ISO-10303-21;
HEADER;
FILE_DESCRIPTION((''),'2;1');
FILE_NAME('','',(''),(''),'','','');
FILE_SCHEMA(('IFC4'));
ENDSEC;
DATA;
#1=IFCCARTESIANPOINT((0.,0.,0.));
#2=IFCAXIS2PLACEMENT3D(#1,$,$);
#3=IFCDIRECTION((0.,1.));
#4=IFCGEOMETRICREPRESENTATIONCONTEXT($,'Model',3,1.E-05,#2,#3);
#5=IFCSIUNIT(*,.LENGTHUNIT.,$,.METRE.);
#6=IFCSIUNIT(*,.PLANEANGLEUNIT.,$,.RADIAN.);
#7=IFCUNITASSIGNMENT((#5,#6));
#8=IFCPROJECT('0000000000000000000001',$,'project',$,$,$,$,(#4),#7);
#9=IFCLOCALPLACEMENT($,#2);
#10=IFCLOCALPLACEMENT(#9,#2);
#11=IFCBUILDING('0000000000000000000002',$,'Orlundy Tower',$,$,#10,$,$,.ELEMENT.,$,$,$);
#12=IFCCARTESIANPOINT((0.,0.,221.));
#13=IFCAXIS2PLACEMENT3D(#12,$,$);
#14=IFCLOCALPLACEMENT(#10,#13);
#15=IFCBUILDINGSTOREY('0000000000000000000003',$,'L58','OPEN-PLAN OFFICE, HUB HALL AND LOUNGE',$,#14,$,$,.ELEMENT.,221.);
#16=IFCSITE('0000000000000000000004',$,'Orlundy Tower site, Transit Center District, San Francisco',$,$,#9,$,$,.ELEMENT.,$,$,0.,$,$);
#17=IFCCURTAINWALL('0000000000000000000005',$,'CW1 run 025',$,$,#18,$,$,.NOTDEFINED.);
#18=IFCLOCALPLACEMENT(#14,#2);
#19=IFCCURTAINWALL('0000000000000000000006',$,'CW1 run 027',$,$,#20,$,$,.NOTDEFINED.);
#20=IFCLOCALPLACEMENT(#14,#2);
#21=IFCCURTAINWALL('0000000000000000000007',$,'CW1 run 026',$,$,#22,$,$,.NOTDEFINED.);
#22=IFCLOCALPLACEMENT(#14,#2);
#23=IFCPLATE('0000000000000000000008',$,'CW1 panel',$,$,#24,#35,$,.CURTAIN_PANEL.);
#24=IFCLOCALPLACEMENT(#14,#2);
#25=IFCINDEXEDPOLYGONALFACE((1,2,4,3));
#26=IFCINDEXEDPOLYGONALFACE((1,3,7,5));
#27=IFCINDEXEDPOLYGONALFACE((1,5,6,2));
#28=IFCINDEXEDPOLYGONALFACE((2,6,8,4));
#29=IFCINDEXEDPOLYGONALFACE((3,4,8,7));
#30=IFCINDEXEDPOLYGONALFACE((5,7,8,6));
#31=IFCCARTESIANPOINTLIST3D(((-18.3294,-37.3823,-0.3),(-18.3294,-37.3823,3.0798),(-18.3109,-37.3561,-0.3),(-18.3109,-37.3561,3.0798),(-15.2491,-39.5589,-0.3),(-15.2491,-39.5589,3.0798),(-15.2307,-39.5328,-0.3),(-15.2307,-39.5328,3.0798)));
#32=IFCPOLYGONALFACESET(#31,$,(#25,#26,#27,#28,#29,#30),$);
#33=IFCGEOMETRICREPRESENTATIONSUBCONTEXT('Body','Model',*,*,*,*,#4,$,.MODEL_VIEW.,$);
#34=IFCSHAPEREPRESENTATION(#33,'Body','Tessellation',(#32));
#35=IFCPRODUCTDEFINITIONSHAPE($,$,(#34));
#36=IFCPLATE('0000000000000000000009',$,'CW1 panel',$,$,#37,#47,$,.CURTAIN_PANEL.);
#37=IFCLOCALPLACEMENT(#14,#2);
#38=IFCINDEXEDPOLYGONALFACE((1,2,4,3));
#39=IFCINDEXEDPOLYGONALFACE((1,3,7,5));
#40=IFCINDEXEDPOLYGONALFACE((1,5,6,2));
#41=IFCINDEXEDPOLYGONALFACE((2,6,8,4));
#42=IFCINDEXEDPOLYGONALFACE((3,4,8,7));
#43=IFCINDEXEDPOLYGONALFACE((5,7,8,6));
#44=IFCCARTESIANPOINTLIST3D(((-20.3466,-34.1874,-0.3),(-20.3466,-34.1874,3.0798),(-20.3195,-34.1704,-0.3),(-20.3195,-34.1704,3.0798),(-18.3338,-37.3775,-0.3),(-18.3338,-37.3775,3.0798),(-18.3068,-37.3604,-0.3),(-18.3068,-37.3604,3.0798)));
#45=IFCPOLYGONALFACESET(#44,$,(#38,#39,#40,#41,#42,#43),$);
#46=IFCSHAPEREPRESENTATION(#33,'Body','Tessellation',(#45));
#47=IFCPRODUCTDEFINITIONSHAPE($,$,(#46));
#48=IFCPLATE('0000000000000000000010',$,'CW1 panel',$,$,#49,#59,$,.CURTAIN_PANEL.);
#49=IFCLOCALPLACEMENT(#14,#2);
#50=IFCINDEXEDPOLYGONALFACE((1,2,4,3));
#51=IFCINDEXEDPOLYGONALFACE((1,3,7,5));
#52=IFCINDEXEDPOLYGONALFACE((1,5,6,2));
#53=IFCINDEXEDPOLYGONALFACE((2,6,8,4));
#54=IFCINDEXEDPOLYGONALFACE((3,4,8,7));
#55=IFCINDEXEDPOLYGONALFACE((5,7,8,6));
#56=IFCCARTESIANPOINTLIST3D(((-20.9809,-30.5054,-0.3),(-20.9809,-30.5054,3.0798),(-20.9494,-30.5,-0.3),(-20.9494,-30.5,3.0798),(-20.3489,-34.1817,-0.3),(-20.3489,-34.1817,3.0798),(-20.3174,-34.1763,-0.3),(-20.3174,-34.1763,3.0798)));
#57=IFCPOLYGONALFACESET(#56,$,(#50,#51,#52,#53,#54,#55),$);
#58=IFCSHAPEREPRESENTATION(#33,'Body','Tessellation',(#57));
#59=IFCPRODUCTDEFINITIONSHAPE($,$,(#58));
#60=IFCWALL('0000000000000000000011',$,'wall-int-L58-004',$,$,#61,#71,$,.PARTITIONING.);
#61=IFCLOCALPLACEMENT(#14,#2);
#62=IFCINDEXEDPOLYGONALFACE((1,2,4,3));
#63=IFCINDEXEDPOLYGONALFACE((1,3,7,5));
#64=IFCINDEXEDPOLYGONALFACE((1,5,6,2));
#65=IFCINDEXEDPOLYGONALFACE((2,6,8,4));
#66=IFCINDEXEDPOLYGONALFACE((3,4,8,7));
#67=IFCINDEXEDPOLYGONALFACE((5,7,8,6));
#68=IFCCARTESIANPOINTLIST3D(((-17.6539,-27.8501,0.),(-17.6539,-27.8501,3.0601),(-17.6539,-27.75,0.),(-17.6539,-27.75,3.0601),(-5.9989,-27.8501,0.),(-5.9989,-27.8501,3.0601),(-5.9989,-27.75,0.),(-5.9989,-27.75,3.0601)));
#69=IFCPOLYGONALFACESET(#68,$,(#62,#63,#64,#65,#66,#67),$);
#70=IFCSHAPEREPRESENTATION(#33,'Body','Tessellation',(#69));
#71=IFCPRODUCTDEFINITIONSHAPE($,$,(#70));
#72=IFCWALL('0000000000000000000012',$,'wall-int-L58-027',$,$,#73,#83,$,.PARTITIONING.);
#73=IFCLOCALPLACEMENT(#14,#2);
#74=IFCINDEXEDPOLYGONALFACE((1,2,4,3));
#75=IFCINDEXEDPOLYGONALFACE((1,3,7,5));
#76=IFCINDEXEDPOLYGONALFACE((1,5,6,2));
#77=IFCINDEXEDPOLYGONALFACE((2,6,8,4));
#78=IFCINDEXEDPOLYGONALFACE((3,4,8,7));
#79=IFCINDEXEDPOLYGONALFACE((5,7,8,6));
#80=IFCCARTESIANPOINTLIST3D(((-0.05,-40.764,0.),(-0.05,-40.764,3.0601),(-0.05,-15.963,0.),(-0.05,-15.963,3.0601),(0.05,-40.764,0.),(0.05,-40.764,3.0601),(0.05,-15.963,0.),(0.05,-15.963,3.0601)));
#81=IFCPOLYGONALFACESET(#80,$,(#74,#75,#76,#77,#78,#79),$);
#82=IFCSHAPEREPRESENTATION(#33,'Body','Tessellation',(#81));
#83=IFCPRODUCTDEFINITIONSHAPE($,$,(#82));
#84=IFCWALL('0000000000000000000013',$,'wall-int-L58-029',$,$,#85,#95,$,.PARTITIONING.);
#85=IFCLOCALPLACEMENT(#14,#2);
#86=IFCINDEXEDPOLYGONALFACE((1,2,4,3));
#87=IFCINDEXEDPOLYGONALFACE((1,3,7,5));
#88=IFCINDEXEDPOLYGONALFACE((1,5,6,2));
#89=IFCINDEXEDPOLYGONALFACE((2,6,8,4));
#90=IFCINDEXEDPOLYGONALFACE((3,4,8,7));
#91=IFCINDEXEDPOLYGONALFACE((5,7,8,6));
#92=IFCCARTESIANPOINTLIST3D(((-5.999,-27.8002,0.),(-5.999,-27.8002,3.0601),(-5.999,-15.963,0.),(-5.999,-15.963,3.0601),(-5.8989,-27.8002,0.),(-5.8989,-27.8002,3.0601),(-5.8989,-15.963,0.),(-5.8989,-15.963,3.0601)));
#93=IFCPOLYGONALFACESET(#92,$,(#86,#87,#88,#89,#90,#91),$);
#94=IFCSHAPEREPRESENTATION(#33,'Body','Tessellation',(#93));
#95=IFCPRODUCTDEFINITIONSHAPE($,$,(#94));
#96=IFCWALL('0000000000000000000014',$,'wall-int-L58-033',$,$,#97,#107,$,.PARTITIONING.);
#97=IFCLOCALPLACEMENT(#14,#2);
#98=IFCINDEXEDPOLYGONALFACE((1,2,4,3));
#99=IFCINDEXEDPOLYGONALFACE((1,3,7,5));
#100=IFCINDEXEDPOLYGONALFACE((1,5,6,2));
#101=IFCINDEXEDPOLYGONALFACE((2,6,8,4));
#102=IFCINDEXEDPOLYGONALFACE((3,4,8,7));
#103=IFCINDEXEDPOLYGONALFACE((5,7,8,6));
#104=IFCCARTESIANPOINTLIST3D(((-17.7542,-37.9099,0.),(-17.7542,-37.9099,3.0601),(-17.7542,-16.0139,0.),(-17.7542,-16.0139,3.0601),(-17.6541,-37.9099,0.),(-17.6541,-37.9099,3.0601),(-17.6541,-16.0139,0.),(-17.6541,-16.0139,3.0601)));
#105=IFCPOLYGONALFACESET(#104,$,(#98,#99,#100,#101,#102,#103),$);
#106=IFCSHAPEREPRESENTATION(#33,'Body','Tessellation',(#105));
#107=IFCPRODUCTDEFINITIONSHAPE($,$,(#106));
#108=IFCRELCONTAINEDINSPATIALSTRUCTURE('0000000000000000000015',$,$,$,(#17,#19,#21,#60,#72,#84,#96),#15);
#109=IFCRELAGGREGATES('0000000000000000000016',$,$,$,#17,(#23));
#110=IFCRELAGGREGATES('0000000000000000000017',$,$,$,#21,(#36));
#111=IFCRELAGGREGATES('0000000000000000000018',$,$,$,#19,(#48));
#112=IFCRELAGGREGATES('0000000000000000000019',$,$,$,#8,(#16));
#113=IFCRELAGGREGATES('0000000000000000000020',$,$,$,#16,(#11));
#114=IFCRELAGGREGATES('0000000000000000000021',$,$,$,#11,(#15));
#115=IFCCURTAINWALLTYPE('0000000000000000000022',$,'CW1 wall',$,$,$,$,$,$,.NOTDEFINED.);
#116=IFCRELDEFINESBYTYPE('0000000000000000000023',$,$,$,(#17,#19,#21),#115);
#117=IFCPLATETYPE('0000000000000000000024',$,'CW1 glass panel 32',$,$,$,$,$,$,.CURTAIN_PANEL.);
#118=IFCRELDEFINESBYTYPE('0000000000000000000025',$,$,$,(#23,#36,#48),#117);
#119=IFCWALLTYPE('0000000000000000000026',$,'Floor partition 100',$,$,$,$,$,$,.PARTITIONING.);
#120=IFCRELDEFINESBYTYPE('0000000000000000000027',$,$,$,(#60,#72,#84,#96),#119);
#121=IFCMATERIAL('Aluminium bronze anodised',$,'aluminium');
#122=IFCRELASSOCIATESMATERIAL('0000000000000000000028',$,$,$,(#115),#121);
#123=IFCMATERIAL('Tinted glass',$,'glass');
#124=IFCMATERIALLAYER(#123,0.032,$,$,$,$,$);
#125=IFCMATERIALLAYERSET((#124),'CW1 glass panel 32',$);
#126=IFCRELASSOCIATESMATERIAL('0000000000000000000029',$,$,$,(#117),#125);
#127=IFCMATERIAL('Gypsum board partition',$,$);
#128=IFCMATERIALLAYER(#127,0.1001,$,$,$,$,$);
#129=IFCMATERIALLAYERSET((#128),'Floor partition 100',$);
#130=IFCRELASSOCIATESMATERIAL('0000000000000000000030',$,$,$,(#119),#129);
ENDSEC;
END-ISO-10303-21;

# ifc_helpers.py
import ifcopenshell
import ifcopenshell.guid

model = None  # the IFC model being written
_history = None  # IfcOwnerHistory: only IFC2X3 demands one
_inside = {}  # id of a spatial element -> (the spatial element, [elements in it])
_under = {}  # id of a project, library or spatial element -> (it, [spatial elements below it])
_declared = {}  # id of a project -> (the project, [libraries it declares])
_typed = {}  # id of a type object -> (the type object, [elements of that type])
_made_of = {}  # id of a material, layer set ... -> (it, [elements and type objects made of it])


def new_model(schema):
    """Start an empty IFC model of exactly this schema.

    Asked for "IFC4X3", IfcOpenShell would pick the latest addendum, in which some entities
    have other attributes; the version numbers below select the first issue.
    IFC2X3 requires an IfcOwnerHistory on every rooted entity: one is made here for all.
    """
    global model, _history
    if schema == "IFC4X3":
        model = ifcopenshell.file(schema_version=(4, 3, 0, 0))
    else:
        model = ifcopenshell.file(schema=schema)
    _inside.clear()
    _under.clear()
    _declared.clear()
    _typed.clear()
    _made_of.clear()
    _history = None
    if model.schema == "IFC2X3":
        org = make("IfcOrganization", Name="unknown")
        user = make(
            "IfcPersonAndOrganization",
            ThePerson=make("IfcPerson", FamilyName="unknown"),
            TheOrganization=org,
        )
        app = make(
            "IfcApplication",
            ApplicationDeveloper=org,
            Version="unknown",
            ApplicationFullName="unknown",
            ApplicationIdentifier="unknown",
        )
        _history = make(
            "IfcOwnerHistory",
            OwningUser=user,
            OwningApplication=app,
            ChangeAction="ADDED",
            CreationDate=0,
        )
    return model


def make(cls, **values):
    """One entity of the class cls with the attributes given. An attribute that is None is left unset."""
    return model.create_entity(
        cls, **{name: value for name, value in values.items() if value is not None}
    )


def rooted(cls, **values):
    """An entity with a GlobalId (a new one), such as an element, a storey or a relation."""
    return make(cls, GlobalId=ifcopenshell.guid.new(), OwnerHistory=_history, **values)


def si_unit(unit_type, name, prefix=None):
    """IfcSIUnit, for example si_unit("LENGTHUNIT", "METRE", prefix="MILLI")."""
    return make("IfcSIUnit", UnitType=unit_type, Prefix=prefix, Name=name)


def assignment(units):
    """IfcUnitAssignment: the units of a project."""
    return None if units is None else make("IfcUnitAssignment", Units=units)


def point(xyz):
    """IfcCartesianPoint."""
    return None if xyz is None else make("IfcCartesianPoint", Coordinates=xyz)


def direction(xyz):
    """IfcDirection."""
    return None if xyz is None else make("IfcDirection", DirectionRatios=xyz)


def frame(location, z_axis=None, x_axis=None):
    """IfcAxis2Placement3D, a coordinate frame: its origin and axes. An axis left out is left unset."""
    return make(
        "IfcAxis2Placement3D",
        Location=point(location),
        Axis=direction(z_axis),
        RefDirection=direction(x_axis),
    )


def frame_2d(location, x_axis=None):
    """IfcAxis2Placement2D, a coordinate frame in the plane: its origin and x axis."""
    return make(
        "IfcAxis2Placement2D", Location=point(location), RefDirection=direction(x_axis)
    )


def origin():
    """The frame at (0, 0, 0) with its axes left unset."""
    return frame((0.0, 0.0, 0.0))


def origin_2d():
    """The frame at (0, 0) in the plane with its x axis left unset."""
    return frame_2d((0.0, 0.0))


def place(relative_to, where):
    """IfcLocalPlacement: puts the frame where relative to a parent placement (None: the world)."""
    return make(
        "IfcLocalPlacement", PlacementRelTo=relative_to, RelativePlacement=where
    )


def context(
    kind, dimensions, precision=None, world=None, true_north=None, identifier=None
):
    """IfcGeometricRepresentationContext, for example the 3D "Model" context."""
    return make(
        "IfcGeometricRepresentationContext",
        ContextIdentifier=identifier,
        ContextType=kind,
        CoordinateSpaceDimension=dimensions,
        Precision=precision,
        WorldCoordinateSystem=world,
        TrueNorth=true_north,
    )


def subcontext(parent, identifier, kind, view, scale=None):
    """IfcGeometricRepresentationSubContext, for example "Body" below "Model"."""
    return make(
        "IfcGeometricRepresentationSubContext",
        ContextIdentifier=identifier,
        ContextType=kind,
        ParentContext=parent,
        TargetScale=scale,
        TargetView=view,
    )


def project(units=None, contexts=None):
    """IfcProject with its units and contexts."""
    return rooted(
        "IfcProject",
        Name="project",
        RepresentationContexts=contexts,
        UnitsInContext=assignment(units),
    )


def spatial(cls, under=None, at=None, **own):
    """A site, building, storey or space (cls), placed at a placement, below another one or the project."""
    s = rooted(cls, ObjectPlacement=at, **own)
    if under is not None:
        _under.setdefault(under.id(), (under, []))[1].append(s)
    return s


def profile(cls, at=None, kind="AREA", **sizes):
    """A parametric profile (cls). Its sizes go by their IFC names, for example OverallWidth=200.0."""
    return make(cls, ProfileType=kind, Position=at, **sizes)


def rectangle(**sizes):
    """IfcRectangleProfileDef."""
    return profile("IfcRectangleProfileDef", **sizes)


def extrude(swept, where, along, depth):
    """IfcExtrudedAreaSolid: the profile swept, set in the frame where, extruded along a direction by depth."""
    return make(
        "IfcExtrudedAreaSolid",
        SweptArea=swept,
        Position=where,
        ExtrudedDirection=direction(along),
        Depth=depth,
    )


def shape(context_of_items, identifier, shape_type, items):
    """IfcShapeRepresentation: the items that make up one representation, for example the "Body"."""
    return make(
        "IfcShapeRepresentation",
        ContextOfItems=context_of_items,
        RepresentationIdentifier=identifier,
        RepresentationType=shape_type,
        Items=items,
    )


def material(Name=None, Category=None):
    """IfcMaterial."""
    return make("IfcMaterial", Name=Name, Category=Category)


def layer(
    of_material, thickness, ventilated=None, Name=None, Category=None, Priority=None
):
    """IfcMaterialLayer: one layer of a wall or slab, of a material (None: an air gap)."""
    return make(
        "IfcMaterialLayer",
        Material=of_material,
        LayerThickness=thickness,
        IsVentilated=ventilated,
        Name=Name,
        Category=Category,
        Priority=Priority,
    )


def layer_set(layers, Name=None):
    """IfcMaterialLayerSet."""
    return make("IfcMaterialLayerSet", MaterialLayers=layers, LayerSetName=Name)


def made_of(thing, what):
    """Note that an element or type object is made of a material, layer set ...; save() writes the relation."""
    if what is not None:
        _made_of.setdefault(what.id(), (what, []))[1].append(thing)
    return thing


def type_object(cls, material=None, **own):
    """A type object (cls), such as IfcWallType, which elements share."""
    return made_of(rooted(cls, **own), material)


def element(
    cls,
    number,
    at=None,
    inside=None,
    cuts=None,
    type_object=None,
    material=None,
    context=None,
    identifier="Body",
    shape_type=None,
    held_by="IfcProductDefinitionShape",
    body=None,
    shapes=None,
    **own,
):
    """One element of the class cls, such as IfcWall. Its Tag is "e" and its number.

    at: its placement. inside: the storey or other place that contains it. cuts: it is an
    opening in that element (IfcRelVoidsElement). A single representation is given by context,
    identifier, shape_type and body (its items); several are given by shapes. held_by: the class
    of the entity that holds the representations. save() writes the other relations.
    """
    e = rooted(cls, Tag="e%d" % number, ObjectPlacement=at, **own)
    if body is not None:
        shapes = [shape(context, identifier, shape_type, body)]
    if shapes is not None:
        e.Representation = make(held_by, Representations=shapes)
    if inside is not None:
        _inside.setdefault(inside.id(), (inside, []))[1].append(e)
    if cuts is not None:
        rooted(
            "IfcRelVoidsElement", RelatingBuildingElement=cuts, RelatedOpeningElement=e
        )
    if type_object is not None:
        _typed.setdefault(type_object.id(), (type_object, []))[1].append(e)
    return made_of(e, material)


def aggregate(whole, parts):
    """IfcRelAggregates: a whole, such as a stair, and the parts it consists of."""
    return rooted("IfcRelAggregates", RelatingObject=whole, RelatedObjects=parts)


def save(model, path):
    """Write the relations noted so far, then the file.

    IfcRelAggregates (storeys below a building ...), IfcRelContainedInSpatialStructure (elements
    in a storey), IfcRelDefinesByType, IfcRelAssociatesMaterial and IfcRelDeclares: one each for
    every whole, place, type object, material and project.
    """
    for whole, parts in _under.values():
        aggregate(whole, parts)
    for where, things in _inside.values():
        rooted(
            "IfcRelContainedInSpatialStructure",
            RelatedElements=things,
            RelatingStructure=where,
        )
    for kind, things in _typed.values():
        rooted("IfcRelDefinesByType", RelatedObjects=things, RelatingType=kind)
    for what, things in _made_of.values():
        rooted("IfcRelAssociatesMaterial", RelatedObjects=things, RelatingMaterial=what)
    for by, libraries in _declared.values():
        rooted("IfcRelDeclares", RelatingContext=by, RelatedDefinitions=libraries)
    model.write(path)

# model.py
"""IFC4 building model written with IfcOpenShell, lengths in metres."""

from ifc_helpers import new_model, si_unit, direction, frame, frame_2d, origin, origin_2d, place, context, subcontext, project, spatial, rectangle, extrude, material, layer, layer_set, type_object, element, aggregate, save


model = new_model("IFC4")

# Units and contexts
model_context = context("Model", 3, precision=1e-05, world=origin(), true_north=direction((0.0, 1.0)))
body_context = subcontext(model_context, "Body", "Model", "MODEL_VIEW")
ifc_project = project(units=[si_unit("LENGTHUNIT", "METRE"), si_unit("PLANEANGLEUNIT", "RADIAN")], contexts=[model_context])

# Site, building, storey
site_placement = place(None, origin())
site = spatial("IfcSite", under=ifc_project, at=site_placement, Name="Orlundy Tower site, Transit Center District, San Francisco", CompositionType="ELEMENT", RefElevation=0.0)
building_placement = place(site_placement, origin())
building = spatial("IfcBuilding", under=site, at=building_placement, Name="Orlundy Tower", CompositionType="ELEMENT")
storey_placement = place(building_placement, frame((0.0, 0.0, 221.0)))
storey = spatial("IfcBuildingStorey", under=building, at=storey_placement, Name="L58", Description="OPEN-PLAN OFFICE, HUB HALL AND LOUNGE", CompositionType="ELEMENT", Elevation=221.0)

# Curtain walls
ifc_material_1 = material(Name="Aluminium bronze anodised", Category="aluminium")
curtain_wall_type = type_object("IfcCurtainWallType", Name="CW1 wall", PredefinedType="NOTDEFINED", material=ifc_material_1)
curtain_wall_1_placement = place(storey_placement, origin())
curtain_wall_1 = element("IfcCurtainWall", 1, at=curtain_wall_1_placement, inside=storey, type_object=curtain_wall_type, Name="CW1 run 025", PredefinedType="NOTDEFINED")
curtain_wall_2_placement = place(storey_placement, origin())
curtain_wall_2 = element("IfcCurtainWall", 2, at=curtain_wall_2_placement, inside=storey, type_object=curtain_wall_type, Name="CW1 run 027", PredefinedType="NOTDEFINED")

# Curtain wall
curtain_wall_3_placement = place(storey_placement, origin())
curtain_wall_3 = element("IfcCurtainWall", 3, at=curtain_wall_3_placement, inside=storey, type_object=curtain_wall_type, Name="CW1 run 026", PredefinedType="NOTDEFINED")

# Plates
ifc_material_2 = material(Name="Tinted glass", Category="glass")
ifc_layer_1 = layer(ifc_material_2, 0.032)
ifc_layer_set_1 = layer_set([ifc_layer_1], Name="CW1 glass panel 32")
plate_type = type_object("IfcPlateType", Name="CW1 glass panel 32", PredefinedType="CURTAIN_PANEL", material=ifc_layer_set_1)
plate_1_placement = place(storey_placement, frame((-16.78, -38.4575, -0.3), z_axis=(0.0, 0.0, 1.0), x_axis=(-0.816676, 0.577096, 0.0)))
plate_1 = element("IfcPlate", 4, at=plate_1_placement, type_object=plate_type, Name="CW1 panel", PredefinedType="CURTAIN_PANEL", context=body_context, shape_type="SweptSolid", body=[
    extrude(rectangle(XDim=3.7717, YDim=0.032, at=origin_2d()), origin(), (0.0, 0.0, 1.0), 3.3799),
])
aggregate(curtain_wall_1, [plate_1])
plate_2_placement = place(storey_placement, frame((-19.3267, -35.7739, -0.3), z_axis=(0.0, 0.0, 1.0), x_axis=(-0.533607, 0.845732, 0.0)))
plate_2 = element("IfcPlate", 5, at=plate_2_placement, type_object=plate_type, Name="CW1 panel", PredefinedType="CURTAIN_PANEL", context=body_context, shape_type="SweptSolid", body=[
    extrude(rectangle(XDim=3.772, YDim=0.032, at=origin_2d()), origin(), (0.0, 0.0, 1.0), 3.3799),
])
aggregate(curtain_wall_3, [plate_2])
plate_3_placement = place(storey_placement, frame((-20.6492, -32.3408, -0.3), z_axis=(0.0, 0.0, 1.0), x_axis=(-0.169428, 0.985543, 0.0)))
plate_3 = element("IfcPlate", 6, at=plate_3_placement, type_object=plate_type, Name="CW1 panel", PredefinedType="CURTAIN_PANEL", context=body_context, shape_type="SweptSolid", body=[
    extrude(rectangle(XDim=3.7302, YDim=0.032, at=origin_2d()), origin(), (0.0, 0.0, 1.0), 3.3799),
])
aggregate(curtain_wall_2, [plate_3])

# Walls
ifc_material_3 = material(Name="Gypsum board partition")
ifc_layer_2 = layer(ifc_material_3, 0.1001)
ifc_layer_set_2 = layer_set([ifc_layer_2], Name="Floor partition 100")
wall_type = type_object("IfcWallType", Name="Floor partition 100", PredefinedType="PARTITIONING", material=ifc_layer_set_2)
wall_1_placement = place(storey_placement, frame((-17.6541, -27.8, 0.0), z_axis=(0.0, 0.0, 1.0), x_axis=(1.0, 0.0, 0.0)))
element("IfcWall", 7, at=wall_1_placement, inside=storey, type_object=wall_type, Name="wall-int-L58-004", PredefinedType="PARTITIONING", context=body_context, shape_type="SweptSolid", body=[
    extrude(rectangle(XDim=11.655, YDim=0.1001, at=frame_2d((5.8276, 0.0))), origin(), (0.0, 0.0, 1.0), 3.0601),
])
wall_2_placement = place(storey_placement, frame((0.0, -40.7639, 0.0), z_axis=(0.0, 0.0, 1.0), x_axis=(0.0, 1.0, 0.0)))
element("IfcWall", 8, at=wall_2_placement, inside=storey, type_object=wall_type, Name="wall-int-L58-027", PredefinedType="PARTITIONING", context=body_context, shape_type="SweptSolid", body=[
    extrude(rectangle(XDim=24.801, YDim=0.1001, at=frame_2d((12.4004, 0.0))), origin(), (0.0, 0.0, 1.0), 3.0601),
])
wall_3_placement = place(storey_placement, frame((-5.949, -27.8, 0.0), z_axis=(0.0, 0.0, 1.0), x_axis=(0.0, 1.0, 0.0)))
element("IfcWall", 9, at=wall_3_placement, inside=storey, type_object=wall_type, Name="wall-int-L58-029", PredefinedType="PARTITIONING", context=body_context, shape_type="SweptSolid", body=[
    extrude(rectangle(XDim=11.8372, YDim=0.1001, at=frame_2d((5.9185, 0.0))), origin(), (0.0, 0.0, 1.0), 3.0601),
])
wall_4_placement = place(storey_placement, frame((-17.7041, -37.9099, 0.0), z_axis=(0.0, 0.0, 1.0), x_axis=(0.0, 1.0, 0.0)))
element("IfcWall", 10, at=wall_4_placement, inside=storey, type_object=wall_type, Name="wall-int-L58-033", PredefinedType="PARTITIONING", context=body_context, shape_type="SweptSolid", body=[
    extrude(rectangle(XDim=21.896, YDim=0.1001, at=frame_2d((10.948, 0.0))), origin(), (0.0, 0.0, 1.0), 3.0601),
])

save(model, "model.ifc")
